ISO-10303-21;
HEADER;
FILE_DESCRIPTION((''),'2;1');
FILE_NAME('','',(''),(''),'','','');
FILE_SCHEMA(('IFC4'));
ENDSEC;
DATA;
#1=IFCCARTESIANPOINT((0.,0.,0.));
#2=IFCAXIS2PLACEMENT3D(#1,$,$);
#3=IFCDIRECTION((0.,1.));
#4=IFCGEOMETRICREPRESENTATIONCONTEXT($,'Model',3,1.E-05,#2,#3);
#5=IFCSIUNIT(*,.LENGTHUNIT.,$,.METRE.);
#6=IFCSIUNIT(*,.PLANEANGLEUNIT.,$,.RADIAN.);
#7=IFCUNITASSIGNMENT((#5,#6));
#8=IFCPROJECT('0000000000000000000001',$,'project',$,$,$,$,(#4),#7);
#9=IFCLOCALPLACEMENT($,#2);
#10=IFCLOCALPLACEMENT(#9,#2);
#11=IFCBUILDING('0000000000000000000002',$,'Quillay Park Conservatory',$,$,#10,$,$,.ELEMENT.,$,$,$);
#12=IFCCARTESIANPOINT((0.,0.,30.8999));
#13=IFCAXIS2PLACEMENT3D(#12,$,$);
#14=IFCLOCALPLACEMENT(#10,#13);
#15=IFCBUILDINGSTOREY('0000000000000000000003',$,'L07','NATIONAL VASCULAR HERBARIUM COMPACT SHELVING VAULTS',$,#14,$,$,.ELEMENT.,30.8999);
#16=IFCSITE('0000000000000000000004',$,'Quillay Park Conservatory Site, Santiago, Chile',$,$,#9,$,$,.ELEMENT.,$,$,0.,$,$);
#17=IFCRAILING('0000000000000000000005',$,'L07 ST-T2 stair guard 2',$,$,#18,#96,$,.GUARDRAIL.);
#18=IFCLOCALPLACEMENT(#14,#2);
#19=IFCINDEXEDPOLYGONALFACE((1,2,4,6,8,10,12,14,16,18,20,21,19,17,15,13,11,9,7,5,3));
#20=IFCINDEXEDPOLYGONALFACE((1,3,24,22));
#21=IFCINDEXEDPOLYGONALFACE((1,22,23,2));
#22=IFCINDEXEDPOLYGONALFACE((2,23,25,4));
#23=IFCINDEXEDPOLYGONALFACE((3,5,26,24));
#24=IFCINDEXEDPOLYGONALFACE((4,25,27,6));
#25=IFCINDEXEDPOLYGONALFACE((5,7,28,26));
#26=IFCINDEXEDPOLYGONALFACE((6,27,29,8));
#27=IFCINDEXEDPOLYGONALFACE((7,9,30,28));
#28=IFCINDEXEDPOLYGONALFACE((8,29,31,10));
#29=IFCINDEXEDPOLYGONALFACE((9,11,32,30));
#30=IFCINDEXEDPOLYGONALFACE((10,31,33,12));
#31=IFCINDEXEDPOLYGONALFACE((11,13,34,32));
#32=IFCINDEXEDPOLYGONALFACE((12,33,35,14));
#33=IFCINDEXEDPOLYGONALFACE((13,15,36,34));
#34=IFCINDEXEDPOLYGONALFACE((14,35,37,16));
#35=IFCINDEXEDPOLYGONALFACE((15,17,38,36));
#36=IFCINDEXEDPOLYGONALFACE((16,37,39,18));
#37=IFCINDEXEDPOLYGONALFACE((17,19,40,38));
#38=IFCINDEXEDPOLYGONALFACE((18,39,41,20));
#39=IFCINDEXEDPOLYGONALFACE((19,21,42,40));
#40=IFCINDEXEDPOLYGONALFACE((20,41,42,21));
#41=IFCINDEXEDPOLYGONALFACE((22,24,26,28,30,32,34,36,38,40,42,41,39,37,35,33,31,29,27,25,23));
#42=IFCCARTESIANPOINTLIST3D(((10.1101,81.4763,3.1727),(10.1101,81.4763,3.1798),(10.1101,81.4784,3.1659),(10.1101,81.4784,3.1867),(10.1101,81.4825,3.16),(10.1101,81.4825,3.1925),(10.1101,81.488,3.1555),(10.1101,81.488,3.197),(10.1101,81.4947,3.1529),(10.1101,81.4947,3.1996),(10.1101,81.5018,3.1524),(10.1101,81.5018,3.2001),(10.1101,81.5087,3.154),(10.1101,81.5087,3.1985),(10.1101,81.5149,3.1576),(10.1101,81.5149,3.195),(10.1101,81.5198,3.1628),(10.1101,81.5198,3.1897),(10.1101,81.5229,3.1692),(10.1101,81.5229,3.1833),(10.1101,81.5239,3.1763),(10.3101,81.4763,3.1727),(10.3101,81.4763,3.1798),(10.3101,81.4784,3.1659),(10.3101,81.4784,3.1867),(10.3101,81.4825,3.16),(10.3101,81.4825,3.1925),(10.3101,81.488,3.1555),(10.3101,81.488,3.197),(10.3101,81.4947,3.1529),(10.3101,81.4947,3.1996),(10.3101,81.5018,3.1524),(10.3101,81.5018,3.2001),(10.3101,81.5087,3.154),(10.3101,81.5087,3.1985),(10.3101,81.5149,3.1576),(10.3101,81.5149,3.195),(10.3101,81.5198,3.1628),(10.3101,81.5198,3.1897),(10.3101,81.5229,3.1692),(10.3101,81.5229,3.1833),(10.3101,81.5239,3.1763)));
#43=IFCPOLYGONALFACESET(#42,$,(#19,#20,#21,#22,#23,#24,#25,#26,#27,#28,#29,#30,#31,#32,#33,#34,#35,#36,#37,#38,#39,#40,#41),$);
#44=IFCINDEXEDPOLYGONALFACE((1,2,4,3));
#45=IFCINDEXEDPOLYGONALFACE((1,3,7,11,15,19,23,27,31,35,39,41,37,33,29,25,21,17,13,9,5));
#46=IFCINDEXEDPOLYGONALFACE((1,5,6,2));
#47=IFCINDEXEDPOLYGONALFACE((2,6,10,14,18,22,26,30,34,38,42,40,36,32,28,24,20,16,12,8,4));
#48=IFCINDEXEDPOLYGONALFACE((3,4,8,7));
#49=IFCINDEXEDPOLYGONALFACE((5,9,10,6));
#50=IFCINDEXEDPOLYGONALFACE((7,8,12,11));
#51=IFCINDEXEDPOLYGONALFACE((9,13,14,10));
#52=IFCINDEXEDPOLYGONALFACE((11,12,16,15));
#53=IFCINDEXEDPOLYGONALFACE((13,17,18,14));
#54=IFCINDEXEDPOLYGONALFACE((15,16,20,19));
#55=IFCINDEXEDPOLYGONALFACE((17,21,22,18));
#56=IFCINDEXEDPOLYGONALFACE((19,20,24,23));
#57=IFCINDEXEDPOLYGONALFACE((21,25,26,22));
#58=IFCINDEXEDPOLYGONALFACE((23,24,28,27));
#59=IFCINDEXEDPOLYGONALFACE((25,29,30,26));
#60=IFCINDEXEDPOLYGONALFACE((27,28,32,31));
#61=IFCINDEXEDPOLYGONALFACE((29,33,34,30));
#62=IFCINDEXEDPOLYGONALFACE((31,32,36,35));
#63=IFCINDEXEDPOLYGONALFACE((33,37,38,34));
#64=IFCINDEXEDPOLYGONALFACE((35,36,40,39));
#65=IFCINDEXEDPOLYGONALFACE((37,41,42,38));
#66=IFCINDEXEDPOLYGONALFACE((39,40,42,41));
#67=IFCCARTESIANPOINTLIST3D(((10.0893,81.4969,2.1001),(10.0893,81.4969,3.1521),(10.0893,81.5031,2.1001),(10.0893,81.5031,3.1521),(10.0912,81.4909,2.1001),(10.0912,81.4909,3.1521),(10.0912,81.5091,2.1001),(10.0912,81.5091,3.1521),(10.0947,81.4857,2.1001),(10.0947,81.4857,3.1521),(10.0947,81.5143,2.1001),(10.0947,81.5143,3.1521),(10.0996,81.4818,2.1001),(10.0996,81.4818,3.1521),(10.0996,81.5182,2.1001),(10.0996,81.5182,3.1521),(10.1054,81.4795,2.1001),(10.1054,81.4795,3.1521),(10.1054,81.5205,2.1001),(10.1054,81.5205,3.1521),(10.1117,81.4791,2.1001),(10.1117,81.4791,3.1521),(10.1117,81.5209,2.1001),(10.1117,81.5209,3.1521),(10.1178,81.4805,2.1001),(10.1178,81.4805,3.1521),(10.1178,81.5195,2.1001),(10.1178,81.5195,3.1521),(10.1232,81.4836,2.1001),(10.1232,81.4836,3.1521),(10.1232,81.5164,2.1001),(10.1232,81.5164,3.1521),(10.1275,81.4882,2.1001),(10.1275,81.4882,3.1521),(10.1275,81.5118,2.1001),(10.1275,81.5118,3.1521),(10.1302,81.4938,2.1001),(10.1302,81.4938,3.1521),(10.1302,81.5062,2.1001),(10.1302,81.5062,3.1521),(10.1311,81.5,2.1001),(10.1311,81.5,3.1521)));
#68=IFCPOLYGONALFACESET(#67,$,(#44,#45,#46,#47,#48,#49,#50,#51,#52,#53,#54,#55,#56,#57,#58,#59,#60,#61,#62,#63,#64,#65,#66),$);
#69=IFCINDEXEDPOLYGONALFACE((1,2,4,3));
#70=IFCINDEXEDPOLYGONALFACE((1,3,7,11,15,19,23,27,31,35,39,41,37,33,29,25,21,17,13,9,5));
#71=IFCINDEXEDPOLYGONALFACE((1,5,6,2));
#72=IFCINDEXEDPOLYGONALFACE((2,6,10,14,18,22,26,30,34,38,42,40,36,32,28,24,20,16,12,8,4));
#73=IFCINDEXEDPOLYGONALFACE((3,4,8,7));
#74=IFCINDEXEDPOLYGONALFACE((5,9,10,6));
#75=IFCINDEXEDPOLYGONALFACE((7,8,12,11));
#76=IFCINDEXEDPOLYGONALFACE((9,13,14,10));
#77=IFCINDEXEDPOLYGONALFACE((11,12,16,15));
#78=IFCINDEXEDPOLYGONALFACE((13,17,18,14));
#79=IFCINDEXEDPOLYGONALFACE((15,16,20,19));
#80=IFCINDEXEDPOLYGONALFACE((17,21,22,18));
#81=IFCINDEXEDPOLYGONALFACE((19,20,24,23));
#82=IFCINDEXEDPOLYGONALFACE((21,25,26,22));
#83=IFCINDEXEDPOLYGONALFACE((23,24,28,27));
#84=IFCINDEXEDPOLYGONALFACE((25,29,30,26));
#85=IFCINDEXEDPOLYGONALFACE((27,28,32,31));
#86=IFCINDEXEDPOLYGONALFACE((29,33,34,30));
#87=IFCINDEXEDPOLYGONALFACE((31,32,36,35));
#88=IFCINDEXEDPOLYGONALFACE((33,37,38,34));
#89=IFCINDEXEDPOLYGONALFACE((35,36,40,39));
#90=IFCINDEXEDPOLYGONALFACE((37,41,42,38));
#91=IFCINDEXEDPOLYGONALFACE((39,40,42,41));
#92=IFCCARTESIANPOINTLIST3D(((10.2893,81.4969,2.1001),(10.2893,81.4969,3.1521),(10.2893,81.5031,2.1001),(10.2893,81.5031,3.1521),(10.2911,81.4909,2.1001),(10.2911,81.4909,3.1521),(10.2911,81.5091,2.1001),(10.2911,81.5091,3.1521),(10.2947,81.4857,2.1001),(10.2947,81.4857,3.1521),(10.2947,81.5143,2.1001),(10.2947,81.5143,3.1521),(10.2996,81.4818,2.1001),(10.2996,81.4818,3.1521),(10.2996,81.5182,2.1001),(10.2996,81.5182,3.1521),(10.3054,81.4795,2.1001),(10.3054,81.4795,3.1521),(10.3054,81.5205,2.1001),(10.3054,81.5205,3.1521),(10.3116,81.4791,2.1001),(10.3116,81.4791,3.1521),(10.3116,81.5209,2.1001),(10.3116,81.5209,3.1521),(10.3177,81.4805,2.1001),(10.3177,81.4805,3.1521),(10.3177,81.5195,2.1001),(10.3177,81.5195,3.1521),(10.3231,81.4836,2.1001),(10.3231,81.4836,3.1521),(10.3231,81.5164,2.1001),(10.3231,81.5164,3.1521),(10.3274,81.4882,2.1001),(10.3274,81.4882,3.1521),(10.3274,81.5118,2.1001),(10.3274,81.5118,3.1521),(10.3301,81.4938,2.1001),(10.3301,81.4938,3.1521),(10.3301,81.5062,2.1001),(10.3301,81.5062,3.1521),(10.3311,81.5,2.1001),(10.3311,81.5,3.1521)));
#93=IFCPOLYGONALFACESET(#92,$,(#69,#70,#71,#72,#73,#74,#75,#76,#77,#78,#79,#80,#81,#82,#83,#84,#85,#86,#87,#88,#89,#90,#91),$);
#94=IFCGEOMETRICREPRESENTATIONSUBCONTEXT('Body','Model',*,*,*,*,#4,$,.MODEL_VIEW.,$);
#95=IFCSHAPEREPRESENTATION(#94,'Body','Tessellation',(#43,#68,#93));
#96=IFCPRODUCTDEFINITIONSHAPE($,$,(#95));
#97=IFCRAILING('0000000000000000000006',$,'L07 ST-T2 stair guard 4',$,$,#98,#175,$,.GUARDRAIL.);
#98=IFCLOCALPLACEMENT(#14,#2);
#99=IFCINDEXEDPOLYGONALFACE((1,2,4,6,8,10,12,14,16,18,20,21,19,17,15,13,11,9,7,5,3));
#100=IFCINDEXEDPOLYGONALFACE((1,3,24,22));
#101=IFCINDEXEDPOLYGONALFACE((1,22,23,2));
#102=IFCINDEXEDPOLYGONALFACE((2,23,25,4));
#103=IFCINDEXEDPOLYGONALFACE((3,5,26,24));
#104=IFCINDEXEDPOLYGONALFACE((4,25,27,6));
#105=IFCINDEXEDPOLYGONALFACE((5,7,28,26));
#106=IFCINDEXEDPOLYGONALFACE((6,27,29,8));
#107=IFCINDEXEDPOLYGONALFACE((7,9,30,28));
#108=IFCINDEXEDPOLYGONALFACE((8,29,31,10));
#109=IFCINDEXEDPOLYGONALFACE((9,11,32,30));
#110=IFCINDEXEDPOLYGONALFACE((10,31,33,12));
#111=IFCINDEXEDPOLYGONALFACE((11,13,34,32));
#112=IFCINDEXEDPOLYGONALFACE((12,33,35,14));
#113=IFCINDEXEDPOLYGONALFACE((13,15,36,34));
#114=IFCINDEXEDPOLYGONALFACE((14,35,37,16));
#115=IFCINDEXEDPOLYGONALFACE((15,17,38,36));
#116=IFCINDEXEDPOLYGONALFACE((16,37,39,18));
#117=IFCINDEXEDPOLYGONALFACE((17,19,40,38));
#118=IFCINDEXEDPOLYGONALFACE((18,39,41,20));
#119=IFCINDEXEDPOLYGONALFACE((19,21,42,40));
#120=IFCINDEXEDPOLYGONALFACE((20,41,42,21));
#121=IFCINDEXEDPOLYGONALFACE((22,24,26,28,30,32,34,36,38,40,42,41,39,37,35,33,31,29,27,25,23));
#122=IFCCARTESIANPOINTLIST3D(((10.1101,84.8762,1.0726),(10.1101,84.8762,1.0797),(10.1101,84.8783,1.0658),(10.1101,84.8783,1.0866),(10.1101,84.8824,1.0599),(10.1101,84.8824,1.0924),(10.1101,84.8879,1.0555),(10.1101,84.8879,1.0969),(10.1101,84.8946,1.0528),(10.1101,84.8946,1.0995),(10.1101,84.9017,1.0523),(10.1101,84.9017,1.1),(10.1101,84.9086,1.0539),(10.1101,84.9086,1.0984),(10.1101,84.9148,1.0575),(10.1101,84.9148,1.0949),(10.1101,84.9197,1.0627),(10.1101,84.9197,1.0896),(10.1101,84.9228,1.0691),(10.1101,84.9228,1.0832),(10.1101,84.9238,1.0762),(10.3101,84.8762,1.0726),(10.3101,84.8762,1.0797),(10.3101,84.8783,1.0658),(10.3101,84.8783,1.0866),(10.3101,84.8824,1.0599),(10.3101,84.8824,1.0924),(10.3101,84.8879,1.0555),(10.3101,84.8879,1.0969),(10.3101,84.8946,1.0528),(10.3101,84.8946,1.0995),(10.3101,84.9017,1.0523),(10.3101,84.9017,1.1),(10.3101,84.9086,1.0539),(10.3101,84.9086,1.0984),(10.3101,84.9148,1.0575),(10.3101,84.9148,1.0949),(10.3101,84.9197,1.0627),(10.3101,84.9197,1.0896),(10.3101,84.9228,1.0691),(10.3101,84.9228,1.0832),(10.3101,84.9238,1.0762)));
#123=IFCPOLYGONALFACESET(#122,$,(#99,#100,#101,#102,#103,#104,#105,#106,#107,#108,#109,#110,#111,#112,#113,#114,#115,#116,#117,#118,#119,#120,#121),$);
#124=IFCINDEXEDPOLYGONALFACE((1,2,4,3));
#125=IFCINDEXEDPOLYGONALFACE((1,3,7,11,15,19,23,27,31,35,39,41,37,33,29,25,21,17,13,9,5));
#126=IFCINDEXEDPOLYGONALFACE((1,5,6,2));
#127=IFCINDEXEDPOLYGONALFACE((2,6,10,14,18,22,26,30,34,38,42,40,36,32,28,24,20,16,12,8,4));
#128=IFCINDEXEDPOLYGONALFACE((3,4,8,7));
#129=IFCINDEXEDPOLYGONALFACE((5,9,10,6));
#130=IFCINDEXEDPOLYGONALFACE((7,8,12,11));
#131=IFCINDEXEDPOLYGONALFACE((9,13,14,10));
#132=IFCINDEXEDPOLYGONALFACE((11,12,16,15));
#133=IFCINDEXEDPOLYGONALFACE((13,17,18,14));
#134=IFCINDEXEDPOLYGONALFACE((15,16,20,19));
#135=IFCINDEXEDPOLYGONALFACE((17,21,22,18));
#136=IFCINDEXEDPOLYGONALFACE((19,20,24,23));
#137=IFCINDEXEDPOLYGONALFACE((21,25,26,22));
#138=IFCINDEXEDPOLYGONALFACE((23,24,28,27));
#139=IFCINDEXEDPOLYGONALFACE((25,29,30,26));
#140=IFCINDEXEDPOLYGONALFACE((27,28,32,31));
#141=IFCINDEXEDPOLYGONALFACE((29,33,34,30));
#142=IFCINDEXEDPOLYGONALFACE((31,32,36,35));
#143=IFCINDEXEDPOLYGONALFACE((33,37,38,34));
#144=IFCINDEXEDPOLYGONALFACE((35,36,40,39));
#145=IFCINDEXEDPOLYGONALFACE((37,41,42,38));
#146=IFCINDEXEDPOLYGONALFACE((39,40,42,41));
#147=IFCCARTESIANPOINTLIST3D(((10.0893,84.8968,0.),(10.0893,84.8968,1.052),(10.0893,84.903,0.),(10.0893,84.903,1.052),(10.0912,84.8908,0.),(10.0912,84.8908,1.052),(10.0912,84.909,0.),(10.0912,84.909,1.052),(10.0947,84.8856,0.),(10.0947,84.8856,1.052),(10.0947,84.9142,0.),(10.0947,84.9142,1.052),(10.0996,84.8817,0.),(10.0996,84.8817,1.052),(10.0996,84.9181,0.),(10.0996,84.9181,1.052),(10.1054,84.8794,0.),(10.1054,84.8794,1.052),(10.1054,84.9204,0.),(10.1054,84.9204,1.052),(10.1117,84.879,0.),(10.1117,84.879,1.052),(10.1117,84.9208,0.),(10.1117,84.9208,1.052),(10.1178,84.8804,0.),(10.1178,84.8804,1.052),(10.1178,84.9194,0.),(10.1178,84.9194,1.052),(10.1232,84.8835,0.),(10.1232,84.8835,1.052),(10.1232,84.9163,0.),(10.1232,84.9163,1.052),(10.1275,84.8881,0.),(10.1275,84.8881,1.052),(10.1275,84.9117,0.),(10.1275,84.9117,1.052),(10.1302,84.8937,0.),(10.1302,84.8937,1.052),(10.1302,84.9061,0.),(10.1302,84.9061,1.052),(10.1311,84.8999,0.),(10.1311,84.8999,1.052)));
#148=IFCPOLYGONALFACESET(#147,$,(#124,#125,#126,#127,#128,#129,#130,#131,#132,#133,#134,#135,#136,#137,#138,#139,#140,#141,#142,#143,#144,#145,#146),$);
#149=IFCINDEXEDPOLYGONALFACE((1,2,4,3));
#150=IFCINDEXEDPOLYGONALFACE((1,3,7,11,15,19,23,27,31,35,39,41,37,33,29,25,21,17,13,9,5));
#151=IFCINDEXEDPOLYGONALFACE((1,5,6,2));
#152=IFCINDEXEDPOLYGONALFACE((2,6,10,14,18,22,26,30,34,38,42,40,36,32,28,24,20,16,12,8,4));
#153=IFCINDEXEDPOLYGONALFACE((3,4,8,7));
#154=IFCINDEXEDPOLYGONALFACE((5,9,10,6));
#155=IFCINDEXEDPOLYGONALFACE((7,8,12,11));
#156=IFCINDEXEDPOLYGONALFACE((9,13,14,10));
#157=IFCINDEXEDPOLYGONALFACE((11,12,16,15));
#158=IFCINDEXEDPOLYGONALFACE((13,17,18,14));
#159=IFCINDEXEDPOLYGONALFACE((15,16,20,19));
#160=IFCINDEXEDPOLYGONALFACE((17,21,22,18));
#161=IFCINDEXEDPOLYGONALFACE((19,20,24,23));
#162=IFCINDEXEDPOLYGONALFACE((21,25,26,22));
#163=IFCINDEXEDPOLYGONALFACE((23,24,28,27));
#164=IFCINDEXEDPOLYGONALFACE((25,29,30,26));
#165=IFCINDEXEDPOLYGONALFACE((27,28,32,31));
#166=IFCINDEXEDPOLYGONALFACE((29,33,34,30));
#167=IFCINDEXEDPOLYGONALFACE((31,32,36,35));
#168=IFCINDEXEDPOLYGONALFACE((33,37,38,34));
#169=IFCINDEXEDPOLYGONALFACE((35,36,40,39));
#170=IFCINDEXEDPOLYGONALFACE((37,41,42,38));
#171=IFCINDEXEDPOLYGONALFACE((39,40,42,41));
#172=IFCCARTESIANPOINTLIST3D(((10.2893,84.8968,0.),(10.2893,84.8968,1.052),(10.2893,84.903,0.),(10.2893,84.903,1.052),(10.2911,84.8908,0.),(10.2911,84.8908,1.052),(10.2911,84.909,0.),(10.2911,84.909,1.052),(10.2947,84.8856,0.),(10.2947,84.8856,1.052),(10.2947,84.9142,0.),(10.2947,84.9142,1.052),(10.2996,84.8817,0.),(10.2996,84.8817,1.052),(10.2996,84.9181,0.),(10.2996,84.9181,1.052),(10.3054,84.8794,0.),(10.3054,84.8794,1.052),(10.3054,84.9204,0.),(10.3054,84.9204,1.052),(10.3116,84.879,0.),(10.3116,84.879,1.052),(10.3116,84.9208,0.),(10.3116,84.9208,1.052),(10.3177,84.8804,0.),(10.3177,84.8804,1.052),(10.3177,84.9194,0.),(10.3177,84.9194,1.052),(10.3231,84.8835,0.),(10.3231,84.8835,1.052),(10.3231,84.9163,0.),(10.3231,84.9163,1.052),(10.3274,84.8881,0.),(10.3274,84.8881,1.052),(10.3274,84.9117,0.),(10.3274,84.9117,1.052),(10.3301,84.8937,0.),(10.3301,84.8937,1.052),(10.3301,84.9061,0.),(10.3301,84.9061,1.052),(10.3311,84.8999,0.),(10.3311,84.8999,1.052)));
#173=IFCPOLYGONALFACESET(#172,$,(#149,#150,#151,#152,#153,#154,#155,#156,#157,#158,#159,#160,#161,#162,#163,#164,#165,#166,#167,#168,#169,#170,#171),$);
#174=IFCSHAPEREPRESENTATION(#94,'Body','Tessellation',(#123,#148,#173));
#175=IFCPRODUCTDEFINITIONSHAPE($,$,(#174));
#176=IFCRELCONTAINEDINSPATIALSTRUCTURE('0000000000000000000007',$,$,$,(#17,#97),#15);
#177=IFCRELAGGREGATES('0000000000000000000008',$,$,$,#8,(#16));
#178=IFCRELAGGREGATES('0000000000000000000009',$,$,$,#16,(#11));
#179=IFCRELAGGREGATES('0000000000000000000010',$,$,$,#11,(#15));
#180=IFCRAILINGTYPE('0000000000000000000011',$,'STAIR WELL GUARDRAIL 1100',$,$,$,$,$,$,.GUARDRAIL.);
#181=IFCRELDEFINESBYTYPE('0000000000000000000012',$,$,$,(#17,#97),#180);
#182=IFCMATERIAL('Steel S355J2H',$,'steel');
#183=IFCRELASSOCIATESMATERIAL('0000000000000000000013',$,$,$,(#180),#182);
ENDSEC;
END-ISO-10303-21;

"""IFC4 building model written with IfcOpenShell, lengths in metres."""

from ifc_helpers import new_model, si_unit, direction, frame, origin, origin_2d, place, context, subcontext, project, spatial, circle, extrude, material, type_object, element, save


model = new_model("IFC4")

# Units and contexts
model_context = context("Model", 3, precision=1e-05, world=origin(), true_north=direction((0.0, 1.0)))
body_context = subcontext(model_context, "Body", "Model", "MODEL_VIEW")
ifc_project = project(units=[si_unit("LENGTHUNIT", "METRE"), si_unit("PLANEANGLEUNIT", "RADIAN")], contexts=[model_context])

# Site, building, storey
site_placement = place(None, origin())
site = spatial("IfcSite", under=ifc_project, at=site_placement, Name="Quillay Park Conservatory Site, Santiago, Chile", CompositionType="ELEMENT", RefElevation=0.0)
building_placement = place(site_placement, origin())
building = spatial("IfcBuilding", under=site, at=building_placement, Name="Quillay Park Conservatory", CompositionType="ELEMENT")
storey_placement = place(building_placement, frame((0.0, 0.0, 30.8999)))
storey = spatial("IfcBuildingStorey", under=building, at=storey_placement, Name="L07", Description="NATIONAL VASCULAR HERBARIUM COMPACT SHELVING VAULTS", CompositionType="ELEMENT", Elevation=30.8999)

# Railings
ifc_material_1 = material(Name="Steel S355J2H", Category="steel")
railing_type_1 = type_object("IfcRailingType", Name="STAIR WELL GUARDRAIL 1100", PredefinedType="GUARDRAIL", material=ifc_material_1)
for number, where, name in (
    (1, (10.1101, 81.5, 2.1001), "L07 ST-T2 stair guard 2"),
    (2, (10.1101, 84.8999, 0.0), "L07 ST-T2 stair guard 4"),
):
    element("IfcRailing", number, at=place(storey_placement, frame(where)), inside=storey, type_object=railing_type_1, Name=name, PredefinedType="GUARDRAIL", context=body_context, shape_type="SweptSolid", body=[
        extrude(circle(Radius=0.0239, at=origin_2d()), frame((0.0, 0.0, 1.0762), z_axis=(1.0, 0.0, 0.0), x_axis=(0.0, 1.0, 0.0)), (0.0, 0.0, 1.0), 0.2),
        extrude(circle(Radius=0.021, at=origin_2d()), origin(), (0.0, 0.0, 1.0), 1.052),
        extrude(circle(Radius=0.021, at=origin_2d()), frame((0.2, 0.0, 0.0)), (0.0, 0.0, 1.0), 1.052),
    ])

save(model, "model.ifc")
